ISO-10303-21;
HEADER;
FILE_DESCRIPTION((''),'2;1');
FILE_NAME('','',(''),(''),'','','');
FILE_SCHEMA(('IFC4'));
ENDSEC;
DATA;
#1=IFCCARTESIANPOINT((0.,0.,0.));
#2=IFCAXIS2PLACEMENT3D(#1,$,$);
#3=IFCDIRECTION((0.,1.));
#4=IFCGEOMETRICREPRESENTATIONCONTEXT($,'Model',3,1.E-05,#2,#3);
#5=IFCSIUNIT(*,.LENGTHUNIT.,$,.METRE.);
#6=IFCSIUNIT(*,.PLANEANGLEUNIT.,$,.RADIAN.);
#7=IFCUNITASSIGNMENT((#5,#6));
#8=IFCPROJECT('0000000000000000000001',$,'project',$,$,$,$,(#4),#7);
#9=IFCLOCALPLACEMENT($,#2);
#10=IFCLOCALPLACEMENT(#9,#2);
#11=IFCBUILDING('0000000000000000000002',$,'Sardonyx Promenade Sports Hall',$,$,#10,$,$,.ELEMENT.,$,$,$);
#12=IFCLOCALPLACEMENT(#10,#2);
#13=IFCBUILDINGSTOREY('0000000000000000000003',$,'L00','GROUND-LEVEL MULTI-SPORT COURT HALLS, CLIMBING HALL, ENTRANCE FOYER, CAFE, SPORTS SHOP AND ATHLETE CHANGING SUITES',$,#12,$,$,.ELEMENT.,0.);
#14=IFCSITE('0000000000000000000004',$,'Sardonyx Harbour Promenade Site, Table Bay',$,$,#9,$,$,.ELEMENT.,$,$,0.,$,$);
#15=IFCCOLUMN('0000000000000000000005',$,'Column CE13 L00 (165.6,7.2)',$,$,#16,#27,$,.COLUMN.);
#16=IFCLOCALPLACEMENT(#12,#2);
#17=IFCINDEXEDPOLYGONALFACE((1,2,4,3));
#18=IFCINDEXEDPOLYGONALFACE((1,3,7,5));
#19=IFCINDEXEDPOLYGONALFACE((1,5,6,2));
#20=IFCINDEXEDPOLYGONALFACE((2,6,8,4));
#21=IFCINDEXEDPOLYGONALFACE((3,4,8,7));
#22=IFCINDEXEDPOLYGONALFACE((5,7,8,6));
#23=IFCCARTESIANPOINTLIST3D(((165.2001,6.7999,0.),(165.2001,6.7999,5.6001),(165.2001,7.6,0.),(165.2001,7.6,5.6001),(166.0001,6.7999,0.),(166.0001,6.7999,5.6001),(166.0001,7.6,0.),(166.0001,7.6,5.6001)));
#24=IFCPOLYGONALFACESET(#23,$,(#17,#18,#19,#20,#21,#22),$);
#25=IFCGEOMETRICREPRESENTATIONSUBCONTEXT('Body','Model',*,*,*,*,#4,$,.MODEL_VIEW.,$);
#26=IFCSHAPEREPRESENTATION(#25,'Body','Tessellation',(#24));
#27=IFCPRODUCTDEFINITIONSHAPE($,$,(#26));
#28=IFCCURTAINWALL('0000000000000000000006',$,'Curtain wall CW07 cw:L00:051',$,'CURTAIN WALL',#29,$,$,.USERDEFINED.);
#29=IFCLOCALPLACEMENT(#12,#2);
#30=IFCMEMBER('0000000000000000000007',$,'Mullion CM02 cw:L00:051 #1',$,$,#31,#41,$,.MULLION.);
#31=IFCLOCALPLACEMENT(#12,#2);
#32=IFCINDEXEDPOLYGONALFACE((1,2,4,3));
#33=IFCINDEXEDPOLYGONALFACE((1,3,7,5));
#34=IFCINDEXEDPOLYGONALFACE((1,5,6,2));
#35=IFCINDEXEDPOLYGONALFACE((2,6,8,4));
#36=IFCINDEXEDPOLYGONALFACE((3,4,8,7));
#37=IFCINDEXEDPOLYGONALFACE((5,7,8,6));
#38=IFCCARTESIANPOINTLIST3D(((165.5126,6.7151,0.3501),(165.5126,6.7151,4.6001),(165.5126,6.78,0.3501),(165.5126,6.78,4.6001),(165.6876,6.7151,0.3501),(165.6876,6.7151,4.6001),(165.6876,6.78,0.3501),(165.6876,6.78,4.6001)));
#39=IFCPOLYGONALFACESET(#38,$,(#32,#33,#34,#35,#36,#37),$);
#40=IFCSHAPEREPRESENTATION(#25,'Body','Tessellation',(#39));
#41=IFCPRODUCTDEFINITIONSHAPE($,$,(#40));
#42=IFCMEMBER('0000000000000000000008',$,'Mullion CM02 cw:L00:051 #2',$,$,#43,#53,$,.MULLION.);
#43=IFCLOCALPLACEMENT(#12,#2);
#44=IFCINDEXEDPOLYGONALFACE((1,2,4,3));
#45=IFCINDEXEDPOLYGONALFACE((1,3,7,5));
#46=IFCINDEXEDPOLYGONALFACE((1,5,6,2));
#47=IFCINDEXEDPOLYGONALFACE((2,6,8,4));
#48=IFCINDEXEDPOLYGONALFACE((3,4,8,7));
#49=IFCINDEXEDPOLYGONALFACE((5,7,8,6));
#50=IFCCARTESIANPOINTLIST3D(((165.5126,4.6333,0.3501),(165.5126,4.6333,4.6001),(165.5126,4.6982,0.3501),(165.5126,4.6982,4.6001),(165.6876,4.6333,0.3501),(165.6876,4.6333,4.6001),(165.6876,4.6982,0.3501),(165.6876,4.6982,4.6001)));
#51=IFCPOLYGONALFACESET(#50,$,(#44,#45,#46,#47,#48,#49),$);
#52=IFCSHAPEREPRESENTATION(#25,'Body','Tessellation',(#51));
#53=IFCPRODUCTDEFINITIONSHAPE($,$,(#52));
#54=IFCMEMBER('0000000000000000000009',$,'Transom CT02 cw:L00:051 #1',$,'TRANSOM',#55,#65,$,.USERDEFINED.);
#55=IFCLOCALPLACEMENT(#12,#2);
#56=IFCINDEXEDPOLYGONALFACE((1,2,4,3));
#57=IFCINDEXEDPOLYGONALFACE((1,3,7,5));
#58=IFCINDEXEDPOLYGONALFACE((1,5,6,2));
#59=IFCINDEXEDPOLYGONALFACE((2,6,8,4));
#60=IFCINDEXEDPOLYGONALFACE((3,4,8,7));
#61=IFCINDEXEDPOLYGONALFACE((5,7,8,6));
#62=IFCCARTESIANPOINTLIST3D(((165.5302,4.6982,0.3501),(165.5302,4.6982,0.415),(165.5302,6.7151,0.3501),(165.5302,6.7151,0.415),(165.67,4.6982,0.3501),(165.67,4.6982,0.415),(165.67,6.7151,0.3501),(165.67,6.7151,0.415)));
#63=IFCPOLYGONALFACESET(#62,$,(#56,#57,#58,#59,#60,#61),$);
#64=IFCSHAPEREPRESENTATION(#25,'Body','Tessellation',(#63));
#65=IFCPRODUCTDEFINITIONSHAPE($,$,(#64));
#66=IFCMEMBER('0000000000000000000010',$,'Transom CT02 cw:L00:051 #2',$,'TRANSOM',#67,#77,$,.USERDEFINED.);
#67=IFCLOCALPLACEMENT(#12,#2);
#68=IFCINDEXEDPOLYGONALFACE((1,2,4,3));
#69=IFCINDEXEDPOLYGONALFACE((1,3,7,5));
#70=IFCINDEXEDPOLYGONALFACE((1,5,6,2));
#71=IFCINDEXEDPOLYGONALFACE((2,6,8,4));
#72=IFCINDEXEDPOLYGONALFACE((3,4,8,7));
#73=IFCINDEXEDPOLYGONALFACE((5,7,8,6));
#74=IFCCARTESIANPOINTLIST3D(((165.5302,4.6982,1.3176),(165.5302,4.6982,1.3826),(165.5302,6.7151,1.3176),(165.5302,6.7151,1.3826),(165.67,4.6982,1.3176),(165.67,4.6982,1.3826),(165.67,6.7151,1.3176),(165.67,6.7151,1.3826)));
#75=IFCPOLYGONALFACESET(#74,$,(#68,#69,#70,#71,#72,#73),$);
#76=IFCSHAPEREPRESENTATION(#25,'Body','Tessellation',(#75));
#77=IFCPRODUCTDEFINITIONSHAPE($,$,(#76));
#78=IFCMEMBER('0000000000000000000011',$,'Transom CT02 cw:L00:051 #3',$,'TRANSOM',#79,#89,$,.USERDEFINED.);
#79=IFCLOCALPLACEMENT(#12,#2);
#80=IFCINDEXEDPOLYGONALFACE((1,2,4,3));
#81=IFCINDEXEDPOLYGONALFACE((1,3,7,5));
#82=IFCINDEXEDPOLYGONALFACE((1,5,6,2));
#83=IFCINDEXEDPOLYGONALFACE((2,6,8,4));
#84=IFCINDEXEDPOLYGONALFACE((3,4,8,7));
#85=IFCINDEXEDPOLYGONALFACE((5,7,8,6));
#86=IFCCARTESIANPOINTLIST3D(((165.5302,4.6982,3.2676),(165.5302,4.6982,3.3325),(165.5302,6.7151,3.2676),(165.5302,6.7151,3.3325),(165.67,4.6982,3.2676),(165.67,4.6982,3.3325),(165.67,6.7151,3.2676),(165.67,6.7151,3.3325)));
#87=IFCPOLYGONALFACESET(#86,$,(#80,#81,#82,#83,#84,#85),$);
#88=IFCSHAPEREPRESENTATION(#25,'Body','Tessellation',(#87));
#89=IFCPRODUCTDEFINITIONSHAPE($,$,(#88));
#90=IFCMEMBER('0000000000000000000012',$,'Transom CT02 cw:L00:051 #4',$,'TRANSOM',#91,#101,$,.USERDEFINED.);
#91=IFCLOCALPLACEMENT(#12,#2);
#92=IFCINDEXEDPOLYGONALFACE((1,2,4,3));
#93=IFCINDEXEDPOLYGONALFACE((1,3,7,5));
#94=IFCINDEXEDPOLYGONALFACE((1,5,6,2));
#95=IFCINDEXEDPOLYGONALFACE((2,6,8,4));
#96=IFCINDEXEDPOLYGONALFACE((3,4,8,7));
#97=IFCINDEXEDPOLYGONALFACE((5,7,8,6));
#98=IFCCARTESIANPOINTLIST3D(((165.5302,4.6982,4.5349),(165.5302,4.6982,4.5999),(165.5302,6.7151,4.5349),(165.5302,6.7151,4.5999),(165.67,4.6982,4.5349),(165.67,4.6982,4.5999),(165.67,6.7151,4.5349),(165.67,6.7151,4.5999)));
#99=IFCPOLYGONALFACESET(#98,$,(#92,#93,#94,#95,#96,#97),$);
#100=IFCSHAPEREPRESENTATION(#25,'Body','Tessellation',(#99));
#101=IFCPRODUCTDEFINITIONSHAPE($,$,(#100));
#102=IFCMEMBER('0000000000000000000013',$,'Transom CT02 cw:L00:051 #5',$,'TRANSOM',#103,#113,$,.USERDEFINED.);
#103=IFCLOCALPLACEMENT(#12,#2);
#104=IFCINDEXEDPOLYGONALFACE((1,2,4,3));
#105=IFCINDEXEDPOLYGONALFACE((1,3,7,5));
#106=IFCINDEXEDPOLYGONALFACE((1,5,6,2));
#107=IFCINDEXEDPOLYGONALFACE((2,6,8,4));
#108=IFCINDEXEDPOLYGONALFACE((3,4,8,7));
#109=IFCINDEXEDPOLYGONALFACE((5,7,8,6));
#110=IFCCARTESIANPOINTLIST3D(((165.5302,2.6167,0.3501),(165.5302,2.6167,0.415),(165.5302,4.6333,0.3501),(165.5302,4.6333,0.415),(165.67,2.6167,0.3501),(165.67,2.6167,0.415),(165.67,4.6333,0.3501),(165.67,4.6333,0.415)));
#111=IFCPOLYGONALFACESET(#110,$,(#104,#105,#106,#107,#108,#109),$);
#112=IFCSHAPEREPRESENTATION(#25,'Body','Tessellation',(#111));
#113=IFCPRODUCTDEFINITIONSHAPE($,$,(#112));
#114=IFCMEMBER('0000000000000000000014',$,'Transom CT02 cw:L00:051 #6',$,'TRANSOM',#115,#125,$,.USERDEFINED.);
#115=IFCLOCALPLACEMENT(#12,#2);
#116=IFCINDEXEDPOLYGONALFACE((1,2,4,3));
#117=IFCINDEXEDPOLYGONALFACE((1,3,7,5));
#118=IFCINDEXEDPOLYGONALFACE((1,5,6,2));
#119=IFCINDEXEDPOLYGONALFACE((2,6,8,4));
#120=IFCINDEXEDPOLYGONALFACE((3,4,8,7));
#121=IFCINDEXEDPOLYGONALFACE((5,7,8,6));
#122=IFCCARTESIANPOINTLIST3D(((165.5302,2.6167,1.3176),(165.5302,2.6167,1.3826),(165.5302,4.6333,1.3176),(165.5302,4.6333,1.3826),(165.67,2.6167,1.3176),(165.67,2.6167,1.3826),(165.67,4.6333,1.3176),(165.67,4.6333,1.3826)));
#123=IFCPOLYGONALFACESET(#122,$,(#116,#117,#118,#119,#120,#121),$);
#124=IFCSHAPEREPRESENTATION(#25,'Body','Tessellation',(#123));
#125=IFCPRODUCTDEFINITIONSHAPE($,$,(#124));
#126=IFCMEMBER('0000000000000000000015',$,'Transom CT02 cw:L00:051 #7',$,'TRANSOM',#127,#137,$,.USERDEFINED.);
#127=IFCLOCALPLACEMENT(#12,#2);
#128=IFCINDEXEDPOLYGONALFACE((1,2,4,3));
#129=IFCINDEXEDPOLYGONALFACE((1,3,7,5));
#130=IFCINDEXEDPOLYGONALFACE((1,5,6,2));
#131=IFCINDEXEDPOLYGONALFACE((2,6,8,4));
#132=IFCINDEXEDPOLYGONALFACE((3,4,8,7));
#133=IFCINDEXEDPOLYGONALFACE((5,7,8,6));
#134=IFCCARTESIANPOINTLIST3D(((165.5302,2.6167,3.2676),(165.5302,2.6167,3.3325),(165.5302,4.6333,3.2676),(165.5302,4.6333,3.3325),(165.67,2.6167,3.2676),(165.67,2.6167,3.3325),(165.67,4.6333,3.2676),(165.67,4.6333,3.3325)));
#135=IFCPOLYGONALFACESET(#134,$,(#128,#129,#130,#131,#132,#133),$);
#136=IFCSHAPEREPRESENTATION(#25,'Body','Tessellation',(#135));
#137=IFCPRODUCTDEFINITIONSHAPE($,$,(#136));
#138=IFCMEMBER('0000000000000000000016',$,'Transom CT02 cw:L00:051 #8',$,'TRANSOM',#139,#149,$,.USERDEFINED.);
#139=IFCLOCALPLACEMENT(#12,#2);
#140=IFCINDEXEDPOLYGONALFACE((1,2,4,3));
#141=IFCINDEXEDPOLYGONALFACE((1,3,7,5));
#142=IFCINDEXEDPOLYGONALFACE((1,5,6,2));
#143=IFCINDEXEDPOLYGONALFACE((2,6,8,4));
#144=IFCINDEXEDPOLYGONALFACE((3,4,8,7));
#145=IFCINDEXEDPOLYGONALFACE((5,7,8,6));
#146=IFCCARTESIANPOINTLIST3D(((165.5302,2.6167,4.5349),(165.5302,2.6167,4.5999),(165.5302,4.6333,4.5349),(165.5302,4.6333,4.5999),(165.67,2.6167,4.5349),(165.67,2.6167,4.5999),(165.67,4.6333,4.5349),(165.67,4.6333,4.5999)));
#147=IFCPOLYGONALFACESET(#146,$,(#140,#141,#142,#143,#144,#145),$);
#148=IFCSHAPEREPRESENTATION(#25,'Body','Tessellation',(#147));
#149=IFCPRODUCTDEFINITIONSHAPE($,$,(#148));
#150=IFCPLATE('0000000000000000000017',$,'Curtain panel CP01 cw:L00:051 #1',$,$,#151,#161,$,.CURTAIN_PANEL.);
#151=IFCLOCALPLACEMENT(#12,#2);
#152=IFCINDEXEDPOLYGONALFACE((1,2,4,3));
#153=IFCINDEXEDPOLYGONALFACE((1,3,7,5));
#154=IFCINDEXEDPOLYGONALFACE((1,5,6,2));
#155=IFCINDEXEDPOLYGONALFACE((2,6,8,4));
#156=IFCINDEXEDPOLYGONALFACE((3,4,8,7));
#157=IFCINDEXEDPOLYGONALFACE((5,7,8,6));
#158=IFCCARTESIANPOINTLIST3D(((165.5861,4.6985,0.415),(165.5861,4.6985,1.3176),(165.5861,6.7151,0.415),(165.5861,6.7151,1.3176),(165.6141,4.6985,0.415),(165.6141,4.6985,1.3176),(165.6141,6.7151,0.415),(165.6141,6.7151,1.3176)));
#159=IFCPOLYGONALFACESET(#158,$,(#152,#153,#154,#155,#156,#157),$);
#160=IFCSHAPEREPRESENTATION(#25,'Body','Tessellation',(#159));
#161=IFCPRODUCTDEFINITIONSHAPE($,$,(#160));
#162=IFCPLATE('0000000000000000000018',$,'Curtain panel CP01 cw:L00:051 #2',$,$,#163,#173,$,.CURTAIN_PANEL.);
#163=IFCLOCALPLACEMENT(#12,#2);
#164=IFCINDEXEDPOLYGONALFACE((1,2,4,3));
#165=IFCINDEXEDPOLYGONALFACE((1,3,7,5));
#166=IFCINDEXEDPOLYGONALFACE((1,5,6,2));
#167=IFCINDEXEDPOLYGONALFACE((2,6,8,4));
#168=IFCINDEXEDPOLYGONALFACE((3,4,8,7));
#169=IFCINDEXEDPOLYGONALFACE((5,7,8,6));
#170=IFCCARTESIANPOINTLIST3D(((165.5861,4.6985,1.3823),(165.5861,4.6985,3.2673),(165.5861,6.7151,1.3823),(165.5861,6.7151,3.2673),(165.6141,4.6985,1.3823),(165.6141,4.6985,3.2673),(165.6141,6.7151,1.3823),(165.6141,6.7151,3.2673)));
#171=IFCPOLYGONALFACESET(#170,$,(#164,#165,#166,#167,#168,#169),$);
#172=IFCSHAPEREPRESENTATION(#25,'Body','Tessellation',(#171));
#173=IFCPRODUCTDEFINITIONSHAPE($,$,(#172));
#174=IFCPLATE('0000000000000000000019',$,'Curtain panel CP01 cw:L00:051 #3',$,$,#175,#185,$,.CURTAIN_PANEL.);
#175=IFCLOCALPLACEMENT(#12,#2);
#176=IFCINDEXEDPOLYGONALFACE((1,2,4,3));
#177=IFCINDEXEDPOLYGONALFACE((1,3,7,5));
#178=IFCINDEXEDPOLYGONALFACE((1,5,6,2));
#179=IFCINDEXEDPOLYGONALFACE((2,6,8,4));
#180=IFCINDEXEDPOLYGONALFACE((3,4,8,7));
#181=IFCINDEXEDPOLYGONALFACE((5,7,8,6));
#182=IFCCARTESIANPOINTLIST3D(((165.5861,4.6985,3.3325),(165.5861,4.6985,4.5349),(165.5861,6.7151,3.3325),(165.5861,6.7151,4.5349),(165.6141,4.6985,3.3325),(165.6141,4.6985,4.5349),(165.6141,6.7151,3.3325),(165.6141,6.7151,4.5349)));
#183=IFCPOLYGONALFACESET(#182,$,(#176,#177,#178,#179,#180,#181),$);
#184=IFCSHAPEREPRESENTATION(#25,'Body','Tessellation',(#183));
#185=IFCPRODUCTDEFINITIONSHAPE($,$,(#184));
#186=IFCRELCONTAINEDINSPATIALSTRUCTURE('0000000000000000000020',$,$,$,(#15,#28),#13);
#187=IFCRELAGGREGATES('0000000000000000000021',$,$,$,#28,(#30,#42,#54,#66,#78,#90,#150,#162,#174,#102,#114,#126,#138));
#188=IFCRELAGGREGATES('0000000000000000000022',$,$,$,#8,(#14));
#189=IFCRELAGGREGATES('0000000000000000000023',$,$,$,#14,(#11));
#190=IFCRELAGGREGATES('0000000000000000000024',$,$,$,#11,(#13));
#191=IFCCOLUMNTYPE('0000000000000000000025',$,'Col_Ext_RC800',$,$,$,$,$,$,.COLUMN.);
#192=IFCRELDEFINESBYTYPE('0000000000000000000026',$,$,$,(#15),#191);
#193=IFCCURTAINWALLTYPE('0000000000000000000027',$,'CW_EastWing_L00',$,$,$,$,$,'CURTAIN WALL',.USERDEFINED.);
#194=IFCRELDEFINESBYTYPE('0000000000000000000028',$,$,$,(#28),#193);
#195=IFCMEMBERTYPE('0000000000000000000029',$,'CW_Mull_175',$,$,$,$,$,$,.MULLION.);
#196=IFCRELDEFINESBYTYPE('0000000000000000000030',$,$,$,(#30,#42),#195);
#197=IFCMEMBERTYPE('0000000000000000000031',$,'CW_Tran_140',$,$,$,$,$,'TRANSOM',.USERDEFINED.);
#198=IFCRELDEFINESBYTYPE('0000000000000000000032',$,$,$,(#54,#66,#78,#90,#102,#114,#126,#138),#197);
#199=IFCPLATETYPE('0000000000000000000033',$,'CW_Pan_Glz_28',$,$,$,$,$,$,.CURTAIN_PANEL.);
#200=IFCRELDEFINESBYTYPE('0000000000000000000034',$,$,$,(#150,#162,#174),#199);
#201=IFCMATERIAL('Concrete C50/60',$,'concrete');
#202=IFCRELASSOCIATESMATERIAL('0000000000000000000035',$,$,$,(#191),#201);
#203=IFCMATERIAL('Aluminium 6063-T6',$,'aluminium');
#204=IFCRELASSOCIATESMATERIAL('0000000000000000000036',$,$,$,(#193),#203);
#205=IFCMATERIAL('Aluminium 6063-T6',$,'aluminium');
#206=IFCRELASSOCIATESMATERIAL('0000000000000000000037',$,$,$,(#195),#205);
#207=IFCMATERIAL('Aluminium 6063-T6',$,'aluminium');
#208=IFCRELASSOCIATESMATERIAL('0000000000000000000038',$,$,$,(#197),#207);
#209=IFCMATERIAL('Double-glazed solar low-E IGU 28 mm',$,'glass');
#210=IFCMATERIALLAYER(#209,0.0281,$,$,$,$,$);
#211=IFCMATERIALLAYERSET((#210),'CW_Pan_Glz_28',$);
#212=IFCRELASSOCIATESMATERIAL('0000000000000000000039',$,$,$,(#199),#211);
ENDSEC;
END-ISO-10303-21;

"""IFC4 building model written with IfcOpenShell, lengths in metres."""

from ifc_helpers import new_model, si_unit, direction, frame, origin, origin_2d, place, context, subcontext, project, spatial, rectangle, extrude, material, layer, layer_set, material_profile, profile_set, type_object, element, aggregate, save


model = new_model("IFC4")

# Units and contexts
model_context = context("Model", 3, precision=1e-05, world=origin(), true_north=direction((0.0, 1.0)))
body_context = subcontext(model_context, "Body", "Model", "MODEL_VIEW")
ifc_project = project(units=[si_unit("LENGTHUNIT", "METRE"), si_unit("PLANEANGLEUNIT", "RADIAN")], contexts=[model_context])

# Site, building, storey
site_placement = place(None, origin())
site = spatial("IfcSite", under=ifc_project, at=site_placement, Name="Sardonyx Harbour Promenade Site, Table Bay", CompositionType="ELEMENT", RefElevation=0.0)
building_placement = place(site_placement, origin())
building = spatial("IfcBuilding", under=site, at=building_placement, Name="Sardonyx Promenade Sports Hall", CompositionType="ELEMENT")
storey_placement = place(building_placement, origin())
storey = spatial("IfcBuildingStorey", under=building, at=storey_placement, Name="L00", Description="GROUND-LEVEL MULTI-SPORT COURT HALLS, CLIMBING HALL, ENTRANCE FOYER, CAFE, SPORTS SHOP AND ATHLETE CHANGING SUITES", CompositionType="ELEMENT", Elevation=0.0)

# Column
ifc_material_1 = material(Name="Concrete C50/60", Category="concrete")
ifc_material_profile_1 = material_profile(ifc_material_1, rectangle(XDim=0.8, YDim=0.8, at=origin_2d()))
ifc_profile_set_1 = profile_set([ifc_material_profile_1], Name="Concrete C50/60")
column_type = type_object("IfcColumnType", Name="Col_Ext_RC800", PredefinedType="COLUMN", material=ifc_profile_set_1)
column_placement = place(storey_placement, frame((165.6001, 7.2, 0.0), z_axis=(0.0, 0.0, 1.0), x_axis=(1.0, 0.0, 0.0)))
element("IfcColumn", 1, at=column_placement, inside=storey, type_object=column_type, Name="Column CE13 L00 (165.6,7.2)", PredefinedType="COLUMN", context=body_context, shape_type="SweptSolid", body=[
    extrude(rectangle(XDim=0.8, YDim=0.8, at=origin_2d()), origin(), (0.0, 0.0, 1.0), 5.6001),
])

# Curtain wall, members, plates
ifc_material_2 = material(Name="Aluminium 6063-T6", Category="aluminium")
curtain_wall_type = type_object("IfcCurtainWallType", Name="CW_EastWing_L00", ElementType="CURTAIN WALL", PredefinedType="USERDEFINED", material=ifc_material_2)
curtain_wall_placement = place(storey_placement, origin())
curtain_wall = element("IfcCurtainWall", 2, at=curtain_wall_placement, inside=storey, type_object=curtain_wall_type, Name="Curtain wall CW07 cw:L00:051", ObjectType="CURTAIN WALL", PredefinedType="USERDEFINED")
ifc_material_3 = material(Name="Aluminium 6063-T6", Category="aluminium")
ifc_material_profile_2 = material_profile(ifc_material_3, rectangle(XDim=0.0649, YDim=0.175, at=origin_2d()))
ifc_profile_set_2 = profile_set([ifc_material_profile_2], Name="Aluminium 6063-T6")
member_type_1 = type_object("IfcMemberType", Name="CW_Mull_175", PredefinedType="MULLION", material=ifc_profile_set_2)
member_1_placement = place(storey_placement, frame((165.6001, 6.7476, 0.3501), z_axis=(0.0, 0.0, 1.0), x_axis=(0.0, -1.0, 0.0)))
member_1 = element("IfcMember", 3, at=member_1_placement, type_object=member_type_1, Name="Mullion CM02 cw:L00:051 #1", PredefinedType="MULLION", context=body_context, shape_type="SweptSolid", body=[
    extrude(rectangle(XDim=0.0649, YDim=0.175, at=origin_2d()), origin(), (0.0, 0.0, 1.0), 4.25),
])
member_2_placement = place(storey_placement, frame((165.6001, 4.6658, 0.3501), z_axis=(0.0, 0.0, 1.0), x_axis=(0.0, -1.0, 0.0)))
member_2 = element("IfcMember", 4, at=member_2_placement, type_object=member_type_1, Name="Mullion CM02 cw:L00:051 #2", PredefinedType="MULLION", context=body_context, shape_type="SweptSolid", body=[
    extrude(rectangle(XDim=0.0649, YDim=0.175, at=origin_2d()), origin(), (0.0, 0.0, 1.0), 4.25),
])
ifc_material_4 = material(Name="Aluminium 6063-T6", Category="aluminium")
ifc_material_profile_3 = material_profile(ifc_material_4, rectangle(XDim=0.0649, YDim=0.1399, at=origin_2d()))
ifc_profile_set_3 = profile_set([ifc_material_profile_3], Name="Aluminium 6063-T6")
member_type_2 = type_object("IfcMemberType", Name="CW_Tran_140", ElementType="TRANSOM", PredefinedType="USERDEFINED", material=ifc_profile_set_3)
member_3_placement = place(storey_placement, frame((165.6001, 6.7151, 0.3826), z_axis=(0.0, -1.0, 0.0), x_axis=(0.0, 0.0, 1.0)))
member_3 = element("IfcMember", 5, at=member_3_placement, type_object=member_type_2, Name="Transom CT02 cw:L00:051 #1", ObjectType="TRANSOM", PredefinedType="USERDEFINED", context=body_context, shape_type="SweptSolid", body=[
    extrude(rectangle(XDim=0.0649, YDim=0.1399, at=origin_2d()), origin(), (0.0, 0.0, 1.0), 2.0168),
])
member_4_placement = place(storey_placement, frame((165.6001, 6.7151, 1.3501), z_axis=(0.0, -1.0, 0.0), x_axis=(0.0, 0.0, 1.0)))
member_4 = element("IfcMember", 6, at=member_4_placement, type_object=member_type_2, Name="Transom CT02 cw:L00:051 #2", ObjectType="TRANSOM", PredefinedType="USERDEFINED", context=body_context, shape_type="SweptSolid", body=[
    extrude(rectangle(XDim=0.0649, YDim=0.1399, at=origin_2d()), origin(), (0.0, 0.0, 1.0), 2.0168),
])
member_5_placement = place(storey_placement, frame((165.6001, 6.7151, 3.3), z_axis=(0.0, -1.0, 0.0), x_axis=(0.0, 0.0, 1.0)))
member_5 = element("IfcMember", 7, at=member_5_placement, type_object=member_type_2, Name="Transom CT02 cw:L00:051 #3", ObjectType="TRANSOM", PredefinedType="USERDEFINED", context=body_context, shape_type="SweptSolid", body=[
    extrude(rectangle(XDim=0.0649, YDim=0.1399, at=origin_2d()), origin(), (0.0, 0.0, 1.0), 2.0168),
])
member_6_placement = place(storey_placement, frame((165.6001, 6.7151, 4.5674), z_axis=(0.0, -1.0, 0.0), x_axis=(0.0, 0.0, 1.0)))
member_6 = element("IfcMember", 8, at=member_6_placement, type_object=member_type_2, Name="Transom CT02 cw:L00:051 #4", ObjectType="TRANSOM", PredefinedType="USERDEFINED", context=body_context, shape_type="SweptSolid", body=[
    extrude(rectangle(XDim=0.0649, YDim=0.1399, at=origin_2d()), origin(), (0.0, 0.0, 1.0), 2.0168),
])
member_7_placement = place(storey_placement, frame((165.6001, 4.6333, 0.3826), z_axis=(0.0, -1.0, 0.0), x_axis=(0.0, 0.0, 1.0)))
member_7 = element("IfcMember", 9, at=member_7_placement, type_object=member_type_2, Name="Transom CT02 cw:L00:051 #5", ObjectType="TRANSOM", PredefinedType="USERDEFINED", context=body_context, shape_type="SweptSolid", body=[
    extrude(rectangle(XDim=0.0649, YDim=0.1399, at=origin_2d()), origin(), (0.0, 0.0, 1.0), 2.0166),
])
member_8_placement = place(storey_placement, frame((165.6001, 4.6333, 1.3501), z_axis=(0.0, -1.0, 0.0), x_axis=(0.0, 0.0, 1.0)))
member_8 = element("IfcMember", 10, at=member_8_placement, type_object=member_type_2, Name="Transom CT02 cw:L00:051 #6", ObjectType="TRANSOM", PredefinedType="USERDEFINED", context=body_context, shape_type="SweptSolid", body=[
    extrude(rectangle(XDim=0.0649, YDim=0.1399, at=origin_2d()), origin(), (0.0, 0.0, 1.0), 2.0166),
])
member_9_placement = place(storey_placement, frame((165.6001, 4.6333, 3.3), z_axis=(0.0, -1.0, 0.0), x_axis=(0.0, 0.0, 1.0)))
member_9 = element("IfcMember", 11, at=member_9_placement, type_object=member_type_2, Name="Transom CT02 cw:L00:051 #7", ObjectType="TRANSOM", PredefinedType="USERDEFINED", context=body_context, shape_type="SweptSolid", body=[
    extrude(rectangle(XDim=0.0649, YDim=0.1399, at=origin_2d()), origin(), (0.0, 0.0, 1.0), 2.0166),
])
member_10_placement = place(storey_placement, frame((165.6001, 4.6333, 4.5674), z_axis=(0.0, -1.0, 0.0), x_axis=(0.0, 0.0, 1.0)))
member_10 = element("IfcMember", 12, at=member_10_placement, type_object=member_type_2, Name="Transom CT02 cw:L00:051 #8", ObjectType="TRANSOM", PredefinedType="USERDEFINED", context=body_context, shape_type="SweptSolid", body=[
    extrude(rectangle(XDim=0.0649, YDim=0.1399, at=origin_2d()), origin(), (0.0, 0.0, 1.0), 2.0166),
])
ifc_material_5 = material(Name="Double-glazed solar low-E IGU 28 mm", Category="glass")
ifc_layer_1 = layer(ifc_material_5, 0.0281)
ifc_layer_set_1 = layer_set([ifc_layer_1], Name="CW_Pan_Glz_28")
plate_type = type_object("IfcPlateType", Name="CW_Pan_Glz_28", PredefinedType="CURTAIN_PANEL", material=ifc_layer_set_1)
plate_1_placement = place(storey_placement, frame((165.6001, 5.7068, 0.415), z_axis=(0.0, 0.0, 1.0), x_axis=(0.0, -1.0, 0.0)))
plate_1 = element("IfcPlate", 13, at=plate_1_placement, type_object=plate_type, Name="Curtain panel CP01 cw:L00:051 #1", PredefinedType="CURTAIN_PANEL", context=body_context, shape_type="SweptSolid", body=[
    extrude(rectangle(XDim=2.0166, YDim=0.0281, at=origin_2d()), origin(), (0.0, 0.0, 1.0), 0.9026),
])
plate_2_placement = place(storey_placement, frame((165.6001, 5.7068, 1.3823), z_axis=(0.0, 0.0, 1.0), x_axis=(0.0, -1.0, 0.0)))
plate_2 = element("IfcPlate", 14, at=plate_2_placement, type_object=plate_type, Name="Curtain panel CP01 cw:L00:051 #2", PredefinedType="CURTAIN_PANEL", context=body_context, shape_type="SweptSolid", body=[
    extrude(rectangle(XDim=2.0166, YDim=0.0281, at=origin_2d()), origin(), (0.0, 0.0, 1.0), 1.885),
])
plate_3_placement = place(storey_placement, frame((165.6001, 5.7068, 3.3325), z_axis=(0.0, 0.0, 1.0), x_axis=(0.0, -1.0, 0.0)))
plate_3 = element("IfcPlate", 15, at=plate_3_placement, type_object=plate_type, Name="Curtain panel CP01 cw:L00:051 #3", PredefinedType="CURTAIN_PANEL", context=body_context, shape_type="SweptSolid", body=[
    extrude(rectangle(XDim=2.0166, YDim=0.0281, at=origin_2d()), origin(), (0.0, 0.0, 1.0), 1.2024),
])
aggregate(curtain_wall, [member_1, member_2, member_3, member_4, member_5, member_6, plate_1, plate_2, plate_3, member_7, member_8, member_9, member_10])

save(model, "model.ifc")
